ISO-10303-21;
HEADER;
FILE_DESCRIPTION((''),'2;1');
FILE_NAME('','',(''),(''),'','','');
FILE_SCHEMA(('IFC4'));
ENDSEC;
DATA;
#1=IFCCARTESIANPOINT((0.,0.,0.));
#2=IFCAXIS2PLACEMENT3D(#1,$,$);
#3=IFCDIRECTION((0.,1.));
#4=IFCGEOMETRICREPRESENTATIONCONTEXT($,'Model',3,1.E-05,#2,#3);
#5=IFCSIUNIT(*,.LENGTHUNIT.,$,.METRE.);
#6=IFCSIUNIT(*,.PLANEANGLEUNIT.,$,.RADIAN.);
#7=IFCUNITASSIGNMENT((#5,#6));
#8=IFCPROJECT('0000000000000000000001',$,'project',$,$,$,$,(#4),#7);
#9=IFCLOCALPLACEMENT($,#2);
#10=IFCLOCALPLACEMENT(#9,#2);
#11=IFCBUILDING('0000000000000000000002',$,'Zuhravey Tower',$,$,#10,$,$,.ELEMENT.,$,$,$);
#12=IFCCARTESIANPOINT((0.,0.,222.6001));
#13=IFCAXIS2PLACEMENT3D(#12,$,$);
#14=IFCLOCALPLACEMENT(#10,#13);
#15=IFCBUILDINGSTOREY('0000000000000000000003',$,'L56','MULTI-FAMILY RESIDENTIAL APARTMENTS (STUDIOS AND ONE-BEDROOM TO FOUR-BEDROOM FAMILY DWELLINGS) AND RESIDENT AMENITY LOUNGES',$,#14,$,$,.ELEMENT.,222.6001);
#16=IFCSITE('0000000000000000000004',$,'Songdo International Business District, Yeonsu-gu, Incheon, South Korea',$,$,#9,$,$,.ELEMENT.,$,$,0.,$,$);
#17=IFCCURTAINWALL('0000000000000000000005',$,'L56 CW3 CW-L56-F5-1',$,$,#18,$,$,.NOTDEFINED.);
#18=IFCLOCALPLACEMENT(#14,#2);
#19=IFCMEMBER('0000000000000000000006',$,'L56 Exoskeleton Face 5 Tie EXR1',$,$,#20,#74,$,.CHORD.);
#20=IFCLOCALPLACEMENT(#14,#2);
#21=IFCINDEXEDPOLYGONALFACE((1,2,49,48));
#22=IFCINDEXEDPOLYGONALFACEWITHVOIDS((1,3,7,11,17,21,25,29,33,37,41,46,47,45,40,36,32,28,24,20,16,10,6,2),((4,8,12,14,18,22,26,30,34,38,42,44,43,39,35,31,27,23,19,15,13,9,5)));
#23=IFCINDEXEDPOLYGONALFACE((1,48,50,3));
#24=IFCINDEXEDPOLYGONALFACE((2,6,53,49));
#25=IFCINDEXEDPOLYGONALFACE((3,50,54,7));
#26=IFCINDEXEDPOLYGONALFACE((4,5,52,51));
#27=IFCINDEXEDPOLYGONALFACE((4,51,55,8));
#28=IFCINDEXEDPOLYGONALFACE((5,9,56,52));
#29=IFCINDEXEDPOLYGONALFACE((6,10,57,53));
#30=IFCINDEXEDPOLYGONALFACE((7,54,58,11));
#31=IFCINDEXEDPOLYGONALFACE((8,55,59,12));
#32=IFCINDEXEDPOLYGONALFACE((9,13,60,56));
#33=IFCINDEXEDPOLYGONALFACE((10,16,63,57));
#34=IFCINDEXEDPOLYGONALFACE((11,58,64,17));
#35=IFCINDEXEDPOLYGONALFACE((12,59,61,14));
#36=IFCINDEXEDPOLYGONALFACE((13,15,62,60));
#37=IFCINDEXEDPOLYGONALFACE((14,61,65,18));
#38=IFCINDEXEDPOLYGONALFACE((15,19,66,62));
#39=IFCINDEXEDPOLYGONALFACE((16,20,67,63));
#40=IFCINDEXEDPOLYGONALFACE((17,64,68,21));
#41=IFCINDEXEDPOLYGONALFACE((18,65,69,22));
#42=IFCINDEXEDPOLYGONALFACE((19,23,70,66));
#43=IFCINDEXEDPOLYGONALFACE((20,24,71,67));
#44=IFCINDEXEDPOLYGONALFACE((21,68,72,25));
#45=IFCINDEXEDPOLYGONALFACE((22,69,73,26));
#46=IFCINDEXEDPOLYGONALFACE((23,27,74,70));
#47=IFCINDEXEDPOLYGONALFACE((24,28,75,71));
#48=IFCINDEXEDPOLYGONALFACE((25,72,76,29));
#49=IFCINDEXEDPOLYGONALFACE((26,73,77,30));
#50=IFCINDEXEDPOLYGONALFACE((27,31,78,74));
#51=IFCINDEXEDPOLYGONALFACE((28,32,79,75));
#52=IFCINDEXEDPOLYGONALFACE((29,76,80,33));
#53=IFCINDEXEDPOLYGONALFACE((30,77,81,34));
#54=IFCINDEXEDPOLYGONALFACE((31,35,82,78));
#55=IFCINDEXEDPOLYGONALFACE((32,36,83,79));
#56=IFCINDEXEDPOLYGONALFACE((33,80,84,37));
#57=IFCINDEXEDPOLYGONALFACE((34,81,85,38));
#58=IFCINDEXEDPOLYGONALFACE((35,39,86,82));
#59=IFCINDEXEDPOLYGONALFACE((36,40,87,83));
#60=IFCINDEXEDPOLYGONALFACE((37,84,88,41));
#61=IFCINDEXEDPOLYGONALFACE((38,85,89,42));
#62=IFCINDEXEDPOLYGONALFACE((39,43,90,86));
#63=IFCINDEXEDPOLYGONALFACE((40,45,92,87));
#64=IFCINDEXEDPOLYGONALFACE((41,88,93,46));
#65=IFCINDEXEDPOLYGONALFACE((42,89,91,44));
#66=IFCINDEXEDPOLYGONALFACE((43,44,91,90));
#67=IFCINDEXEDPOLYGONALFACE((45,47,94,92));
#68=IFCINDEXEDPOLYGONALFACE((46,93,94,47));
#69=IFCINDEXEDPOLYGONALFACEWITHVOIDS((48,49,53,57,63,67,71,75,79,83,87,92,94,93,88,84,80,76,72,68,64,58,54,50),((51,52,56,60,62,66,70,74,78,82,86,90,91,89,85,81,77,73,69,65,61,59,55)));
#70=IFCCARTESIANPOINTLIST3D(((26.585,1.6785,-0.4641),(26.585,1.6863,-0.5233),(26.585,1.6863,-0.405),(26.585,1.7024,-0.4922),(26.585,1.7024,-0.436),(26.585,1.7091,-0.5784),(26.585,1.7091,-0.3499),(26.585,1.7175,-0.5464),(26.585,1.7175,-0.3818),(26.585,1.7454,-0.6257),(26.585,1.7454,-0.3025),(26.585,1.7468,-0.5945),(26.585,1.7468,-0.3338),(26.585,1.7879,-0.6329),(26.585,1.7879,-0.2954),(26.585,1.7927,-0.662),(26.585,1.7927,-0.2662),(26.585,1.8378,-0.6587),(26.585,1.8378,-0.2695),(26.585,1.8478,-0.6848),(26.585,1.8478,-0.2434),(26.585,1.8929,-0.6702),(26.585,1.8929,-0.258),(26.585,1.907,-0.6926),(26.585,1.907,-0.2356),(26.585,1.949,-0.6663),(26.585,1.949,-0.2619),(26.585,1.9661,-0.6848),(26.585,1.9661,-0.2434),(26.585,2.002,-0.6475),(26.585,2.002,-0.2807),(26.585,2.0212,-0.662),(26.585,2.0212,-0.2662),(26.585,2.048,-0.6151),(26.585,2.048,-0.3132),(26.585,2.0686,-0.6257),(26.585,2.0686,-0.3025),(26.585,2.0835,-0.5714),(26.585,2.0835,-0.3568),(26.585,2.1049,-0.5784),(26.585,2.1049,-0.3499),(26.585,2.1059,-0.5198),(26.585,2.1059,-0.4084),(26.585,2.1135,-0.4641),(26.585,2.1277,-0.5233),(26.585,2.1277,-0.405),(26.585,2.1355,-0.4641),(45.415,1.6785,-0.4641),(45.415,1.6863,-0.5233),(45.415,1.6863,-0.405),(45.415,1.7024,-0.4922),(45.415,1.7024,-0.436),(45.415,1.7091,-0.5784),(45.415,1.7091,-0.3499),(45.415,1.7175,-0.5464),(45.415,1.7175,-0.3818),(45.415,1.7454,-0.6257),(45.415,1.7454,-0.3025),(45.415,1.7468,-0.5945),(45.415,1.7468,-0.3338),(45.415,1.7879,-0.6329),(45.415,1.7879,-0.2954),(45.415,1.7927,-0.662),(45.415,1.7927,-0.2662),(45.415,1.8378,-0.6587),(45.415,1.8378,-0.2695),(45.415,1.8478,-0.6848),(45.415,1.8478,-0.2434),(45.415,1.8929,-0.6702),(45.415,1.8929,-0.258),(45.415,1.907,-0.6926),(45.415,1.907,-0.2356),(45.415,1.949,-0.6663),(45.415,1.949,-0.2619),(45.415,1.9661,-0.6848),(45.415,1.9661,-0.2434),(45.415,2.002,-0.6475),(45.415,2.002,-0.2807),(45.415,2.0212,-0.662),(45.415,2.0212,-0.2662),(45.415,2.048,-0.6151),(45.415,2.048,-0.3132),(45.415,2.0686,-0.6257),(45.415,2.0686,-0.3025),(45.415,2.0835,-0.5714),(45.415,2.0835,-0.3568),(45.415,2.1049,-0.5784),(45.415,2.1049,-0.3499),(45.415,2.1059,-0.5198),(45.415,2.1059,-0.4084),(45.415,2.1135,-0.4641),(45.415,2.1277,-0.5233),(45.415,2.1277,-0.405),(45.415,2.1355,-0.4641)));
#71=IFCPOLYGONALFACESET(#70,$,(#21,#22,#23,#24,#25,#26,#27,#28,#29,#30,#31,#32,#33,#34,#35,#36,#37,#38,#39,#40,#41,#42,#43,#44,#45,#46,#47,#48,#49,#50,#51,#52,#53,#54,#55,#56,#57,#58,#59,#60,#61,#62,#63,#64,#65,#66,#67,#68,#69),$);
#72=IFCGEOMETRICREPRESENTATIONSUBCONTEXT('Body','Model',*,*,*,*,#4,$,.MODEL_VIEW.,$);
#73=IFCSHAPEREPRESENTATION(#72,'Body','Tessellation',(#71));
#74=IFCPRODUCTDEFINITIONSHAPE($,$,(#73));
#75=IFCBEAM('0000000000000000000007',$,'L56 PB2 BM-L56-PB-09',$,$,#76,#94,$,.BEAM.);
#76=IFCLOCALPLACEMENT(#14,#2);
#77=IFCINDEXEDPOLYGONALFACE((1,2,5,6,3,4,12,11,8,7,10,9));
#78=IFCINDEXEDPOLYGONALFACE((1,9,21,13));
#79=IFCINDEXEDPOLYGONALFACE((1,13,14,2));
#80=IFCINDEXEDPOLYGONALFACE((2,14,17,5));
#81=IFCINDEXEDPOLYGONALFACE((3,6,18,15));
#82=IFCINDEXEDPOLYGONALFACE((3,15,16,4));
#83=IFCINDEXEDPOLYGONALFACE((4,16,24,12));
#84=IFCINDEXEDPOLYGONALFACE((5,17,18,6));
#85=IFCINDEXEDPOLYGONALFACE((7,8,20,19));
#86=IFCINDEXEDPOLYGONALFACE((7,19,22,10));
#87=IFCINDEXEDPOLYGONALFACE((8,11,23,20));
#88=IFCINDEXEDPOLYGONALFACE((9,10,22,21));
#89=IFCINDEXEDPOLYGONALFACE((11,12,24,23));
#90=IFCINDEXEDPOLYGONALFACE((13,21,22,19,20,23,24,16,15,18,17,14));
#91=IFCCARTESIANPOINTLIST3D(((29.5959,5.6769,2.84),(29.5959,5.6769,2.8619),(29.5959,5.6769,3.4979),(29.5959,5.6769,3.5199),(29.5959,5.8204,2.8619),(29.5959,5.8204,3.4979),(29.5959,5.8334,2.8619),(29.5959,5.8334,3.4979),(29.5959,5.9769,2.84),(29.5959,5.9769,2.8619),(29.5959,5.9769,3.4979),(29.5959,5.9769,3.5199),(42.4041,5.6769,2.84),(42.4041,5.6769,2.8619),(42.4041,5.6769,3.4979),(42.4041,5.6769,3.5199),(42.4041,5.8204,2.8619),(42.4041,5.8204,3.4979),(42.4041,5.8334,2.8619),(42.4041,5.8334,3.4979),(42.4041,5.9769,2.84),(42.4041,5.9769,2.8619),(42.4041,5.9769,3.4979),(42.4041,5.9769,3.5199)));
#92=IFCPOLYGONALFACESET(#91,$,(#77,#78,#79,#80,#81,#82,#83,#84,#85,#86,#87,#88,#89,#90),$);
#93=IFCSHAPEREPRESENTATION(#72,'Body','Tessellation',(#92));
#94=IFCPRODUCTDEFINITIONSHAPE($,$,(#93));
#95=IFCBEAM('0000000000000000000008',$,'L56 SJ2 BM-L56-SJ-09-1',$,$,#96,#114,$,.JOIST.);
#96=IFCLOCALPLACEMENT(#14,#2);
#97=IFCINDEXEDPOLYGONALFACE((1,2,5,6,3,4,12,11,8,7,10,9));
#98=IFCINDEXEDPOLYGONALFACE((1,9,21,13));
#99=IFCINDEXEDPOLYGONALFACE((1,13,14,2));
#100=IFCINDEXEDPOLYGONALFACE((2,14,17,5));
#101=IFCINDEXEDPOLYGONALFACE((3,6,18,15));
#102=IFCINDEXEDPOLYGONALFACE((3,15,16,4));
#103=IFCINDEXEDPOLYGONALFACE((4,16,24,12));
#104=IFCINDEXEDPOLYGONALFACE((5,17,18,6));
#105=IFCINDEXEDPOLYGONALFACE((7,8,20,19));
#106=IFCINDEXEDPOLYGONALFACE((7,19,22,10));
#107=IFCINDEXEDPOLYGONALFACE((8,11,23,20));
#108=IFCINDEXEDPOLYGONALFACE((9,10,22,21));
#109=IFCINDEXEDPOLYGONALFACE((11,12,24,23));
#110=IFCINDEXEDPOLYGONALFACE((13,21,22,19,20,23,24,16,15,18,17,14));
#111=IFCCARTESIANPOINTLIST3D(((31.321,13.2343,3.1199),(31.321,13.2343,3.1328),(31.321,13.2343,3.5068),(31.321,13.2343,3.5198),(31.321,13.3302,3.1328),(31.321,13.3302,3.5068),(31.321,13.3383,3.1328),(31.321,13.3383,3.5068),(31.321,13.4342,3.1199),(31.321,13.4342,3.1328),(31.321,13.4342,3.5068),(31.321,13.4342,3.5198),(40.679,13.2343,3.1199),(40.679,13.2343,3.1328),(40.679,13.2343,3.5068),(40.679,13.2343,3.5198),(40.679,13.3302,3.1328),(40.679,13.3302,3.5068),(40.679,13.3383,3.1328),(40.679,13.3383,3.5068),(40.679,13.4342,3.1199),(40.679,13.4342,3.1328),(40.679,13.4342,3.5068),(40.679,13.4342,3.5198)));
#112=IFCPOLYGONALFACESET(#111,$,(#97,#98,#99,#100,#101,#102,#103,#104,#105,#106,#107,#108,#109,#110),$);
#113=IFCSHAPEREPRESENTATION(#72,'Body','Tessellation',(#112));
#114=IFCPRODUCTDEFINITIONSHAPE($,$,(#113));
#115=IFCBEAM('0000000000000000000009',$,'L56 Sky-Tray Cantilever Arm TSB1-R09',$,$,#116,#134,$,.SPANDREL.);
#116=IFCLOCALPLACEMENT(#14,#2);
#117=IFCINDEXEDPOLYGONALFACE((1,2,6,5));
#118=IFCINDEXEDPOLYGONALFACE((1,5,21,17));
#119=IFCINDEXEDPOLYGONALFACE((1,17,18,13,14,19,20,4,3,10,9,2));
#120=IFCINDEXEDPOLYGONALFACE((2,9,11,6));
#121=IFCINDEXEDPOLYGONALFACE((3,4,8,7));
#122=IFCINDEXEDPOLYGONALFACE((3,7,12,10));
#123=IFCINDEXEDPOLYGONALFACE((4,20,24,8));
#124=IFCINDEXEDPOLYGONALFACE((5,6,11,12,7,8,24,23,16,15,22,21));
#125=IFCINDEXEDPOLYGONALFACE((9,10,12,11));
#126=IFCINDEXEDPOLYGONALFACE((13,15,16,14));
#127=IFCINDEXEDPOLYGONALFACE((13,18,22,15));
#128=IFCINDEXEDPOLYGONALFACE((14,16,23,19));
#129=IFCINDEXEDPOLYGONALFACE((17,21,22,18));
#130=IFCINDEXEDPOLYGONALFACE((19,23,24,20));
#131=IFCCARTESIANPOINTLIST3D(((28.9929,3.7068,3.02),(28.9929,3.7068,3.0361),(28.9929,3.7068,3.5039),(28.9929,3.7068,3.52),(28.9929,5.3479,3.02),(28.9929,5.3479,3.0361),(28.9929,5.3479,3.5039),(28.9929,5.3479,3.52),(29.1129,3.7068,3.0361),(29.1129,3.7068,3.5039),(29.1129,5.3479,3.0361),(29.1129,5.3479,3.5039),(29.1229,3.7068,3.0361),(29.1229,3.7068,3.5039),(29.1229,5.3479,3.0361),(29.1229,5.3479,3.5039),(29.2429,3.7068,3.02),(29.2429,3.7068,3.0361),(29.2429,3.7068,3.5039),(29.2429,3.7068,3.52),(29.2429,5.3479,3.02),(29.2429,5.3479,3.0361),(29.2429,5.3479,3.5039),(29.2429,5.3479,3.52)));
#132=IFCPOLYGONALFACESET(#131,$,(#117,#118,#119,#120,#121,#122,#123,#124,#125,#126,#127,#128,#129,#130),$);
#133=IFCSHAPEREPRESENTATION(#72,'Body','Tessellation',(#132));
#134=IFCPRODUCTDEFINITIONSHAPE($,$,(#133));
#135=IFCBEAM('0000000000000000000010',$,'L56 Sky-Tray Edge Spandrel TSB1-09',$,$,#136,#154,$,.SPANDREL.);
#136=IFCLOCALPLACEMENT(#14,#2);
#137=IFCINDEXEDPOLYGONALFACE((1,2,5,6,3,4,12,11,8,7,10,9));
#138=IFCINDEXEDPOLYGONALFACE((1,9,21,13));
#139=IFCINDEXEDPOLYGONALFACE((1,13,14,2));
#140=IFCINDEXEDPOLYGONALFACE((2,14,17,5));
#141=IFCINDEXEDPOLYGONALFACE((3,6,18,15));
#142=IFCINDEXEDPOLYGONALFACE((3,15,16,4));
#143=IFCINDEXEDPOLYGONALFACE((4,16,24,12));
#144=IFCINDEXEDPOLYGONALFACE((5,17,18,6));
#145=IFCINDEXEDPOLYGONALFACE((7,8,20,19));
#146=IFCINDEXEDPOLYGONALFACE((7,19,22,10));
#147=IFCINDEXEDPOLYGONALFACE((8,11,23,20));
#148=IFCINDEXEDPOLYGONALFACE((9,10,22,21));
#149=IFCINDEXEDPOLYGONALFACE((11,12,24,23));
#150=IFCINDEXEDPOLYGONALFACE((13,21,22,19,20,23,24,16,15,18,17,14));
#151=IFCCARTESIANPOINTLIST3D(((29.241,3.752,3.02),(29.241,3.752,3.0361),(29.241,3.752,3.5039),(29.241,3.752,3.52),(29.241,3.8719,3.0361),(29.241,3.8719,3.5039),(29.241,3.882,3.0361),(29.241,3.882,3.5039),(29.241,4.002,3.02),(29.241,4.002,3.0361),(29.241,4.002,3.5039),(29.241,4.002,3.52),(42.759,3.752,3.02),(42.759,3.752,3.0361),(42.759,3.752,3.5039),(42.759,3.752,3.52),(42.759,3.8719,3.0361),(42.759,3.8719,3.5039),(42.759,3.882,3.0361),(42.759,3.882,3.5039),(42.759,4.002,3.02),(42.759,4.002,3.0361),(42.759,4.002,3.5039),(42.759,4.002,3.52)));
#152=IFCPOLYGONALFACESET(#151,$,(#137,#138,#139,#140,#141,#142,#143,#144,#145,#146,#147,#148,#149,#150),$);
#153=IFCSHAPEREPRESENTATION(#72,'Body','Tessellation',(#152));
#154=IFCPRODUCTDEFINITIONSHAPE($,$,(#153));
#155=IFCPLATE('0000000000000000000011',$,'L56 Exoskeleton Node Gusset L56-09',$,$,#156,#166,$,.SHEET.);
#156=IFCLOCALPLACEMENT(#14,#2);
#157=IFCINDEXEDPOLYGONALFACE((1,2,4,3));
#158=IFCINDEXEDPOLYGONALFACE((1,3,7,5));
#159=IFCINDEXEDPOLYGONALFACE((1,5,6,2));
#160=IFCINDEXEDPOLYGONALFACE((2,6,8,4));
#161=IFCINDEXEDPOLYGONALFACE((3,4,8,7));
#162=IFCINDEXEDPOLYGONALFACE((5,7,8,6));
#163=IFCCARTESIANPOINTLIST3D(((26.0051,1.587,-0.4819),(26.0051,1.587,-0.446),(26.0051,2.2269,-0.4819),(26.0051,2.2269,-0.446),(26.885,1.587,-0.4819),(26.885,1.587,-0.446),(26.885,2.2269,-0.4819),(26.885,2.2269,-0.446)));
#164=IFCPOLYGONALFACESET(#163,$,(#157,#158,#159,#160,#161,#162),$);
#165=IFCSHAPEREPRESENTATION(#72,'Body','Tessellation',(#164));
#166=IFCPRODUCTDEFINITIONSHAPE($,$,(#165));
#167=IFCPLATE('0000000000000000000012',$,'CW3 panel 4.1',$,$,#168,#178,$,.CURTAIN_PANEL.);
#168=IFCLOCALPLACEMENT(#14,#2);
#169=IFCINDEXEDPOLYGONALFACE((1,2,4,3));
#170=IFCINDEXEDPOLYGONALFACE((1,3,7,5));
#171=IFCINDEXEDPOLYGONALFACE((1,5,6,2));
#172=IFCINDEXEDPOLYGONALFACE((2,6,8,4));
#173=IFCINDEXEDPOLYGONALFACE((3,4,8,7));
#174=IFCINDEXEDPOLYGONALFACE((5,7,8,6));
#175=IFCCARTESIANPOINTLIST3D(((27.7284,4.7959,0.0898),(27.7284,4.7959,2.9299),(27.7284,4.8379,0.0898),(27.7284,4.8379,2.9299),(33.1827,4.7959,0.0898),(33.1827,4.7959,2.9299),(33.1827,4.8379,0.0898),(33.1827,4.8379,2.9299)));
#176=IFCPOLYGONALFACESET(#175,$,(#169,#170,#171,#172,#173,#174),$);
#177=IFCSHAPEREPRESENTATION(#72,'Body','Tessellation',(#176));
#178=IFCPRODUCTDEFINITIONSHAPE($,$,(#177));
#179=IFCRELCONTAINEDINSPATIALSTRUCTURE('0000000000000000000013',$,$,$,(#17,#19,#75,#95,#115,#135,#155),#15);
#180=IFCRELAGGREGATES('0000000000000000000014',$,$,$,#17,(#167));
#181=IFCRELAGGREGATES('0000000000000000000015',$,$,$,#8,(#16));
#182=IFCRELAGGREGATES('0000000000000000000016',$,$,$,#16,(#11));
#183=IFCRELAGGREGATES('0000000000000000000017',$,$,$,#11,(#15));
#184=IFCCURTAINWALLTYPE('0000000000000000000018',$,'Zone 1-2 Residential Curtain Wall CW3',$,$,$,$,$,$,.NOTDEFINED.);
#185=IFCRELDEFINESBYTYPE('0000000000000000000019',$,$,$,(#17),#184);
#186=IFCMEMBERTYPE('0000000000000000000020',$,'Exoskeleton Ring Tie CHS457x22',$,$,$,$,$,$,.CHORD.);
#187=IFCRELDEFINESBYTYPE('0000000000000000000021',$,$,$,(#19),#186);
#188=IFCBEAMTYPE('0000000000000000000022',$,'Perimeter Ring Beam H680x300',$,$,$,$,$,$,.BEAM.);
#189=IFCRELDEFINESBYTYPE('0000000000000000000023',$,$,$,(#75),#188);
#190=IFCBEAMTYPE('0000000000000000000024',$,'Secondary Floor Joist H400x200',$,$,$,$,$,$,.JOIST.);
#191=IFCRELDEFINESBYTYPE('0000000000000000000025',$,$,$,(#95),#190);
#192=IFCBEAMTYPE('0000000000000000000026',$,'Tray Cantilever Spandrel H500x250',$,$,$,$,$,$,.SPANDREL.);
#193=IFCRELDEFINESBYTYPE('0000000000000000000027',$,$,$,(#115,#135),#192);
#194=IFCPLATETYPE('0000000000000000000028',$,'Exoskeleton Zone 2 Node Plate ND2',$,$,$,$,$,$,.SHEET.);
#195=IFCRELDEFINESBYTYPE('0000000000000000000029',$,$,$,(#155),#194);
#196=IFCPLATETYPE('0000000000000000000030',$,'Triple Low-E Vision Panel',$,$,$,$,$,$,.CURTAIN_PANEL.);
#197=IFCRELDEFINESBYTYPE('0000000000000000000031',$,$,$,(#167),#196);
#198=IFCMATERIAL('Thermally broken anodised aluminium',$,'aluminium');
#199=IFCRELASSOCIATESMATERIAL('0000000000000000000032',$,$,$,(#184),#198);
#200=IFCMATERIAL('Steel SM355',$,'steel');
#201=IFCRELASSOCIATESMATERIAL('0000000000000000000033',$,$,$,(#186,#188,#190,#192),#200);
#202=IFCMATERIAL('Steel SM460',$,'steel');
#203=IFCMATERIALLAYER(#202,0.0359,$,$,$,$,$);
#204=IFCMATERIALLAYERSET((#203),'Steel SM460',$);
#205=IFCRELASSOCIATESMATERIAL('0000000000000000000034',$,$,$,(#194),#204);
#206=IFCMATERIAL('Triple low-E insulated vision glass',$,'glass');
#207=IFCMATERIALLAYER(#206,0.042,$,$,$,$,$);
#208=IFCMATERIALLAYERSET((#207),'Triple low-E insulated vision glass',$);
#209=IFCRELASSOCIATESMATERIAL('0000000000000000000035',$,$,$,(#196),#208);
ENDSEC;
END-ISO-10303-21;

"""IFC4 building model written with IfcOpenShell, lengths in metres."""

from ifc_helpers import new_model, si_unit, direction, frame, origin, origin_2d, place, context, subcontext, project, spatial, rectangle, hollow_circle, i_section, extrude, material, layer, layer_set, material_profile, profile_set, type_object, element, aggregate, save


model = new_model("IFC4")

# Units and contexts
model_context = context("Model", 3, precision=1e-05, world=origin(), true_north=direction((0.0, 1.0)))
body_context = subcontext(model_context, "Body", "Model", "MODEL_VIEW")
ifc_project = project(units=[si_unit("LENGTHUNIT", "METRE"), si_unit("PLANEANGLEUNIT", "RADIAN")], contexts=[model_context])

# Site, building, storey
site_placement = place(None, origin())
site = spatial("IfcSite", under=ifc_project, at=site_placement, Name="Songdo International Business District, Yeonsu-gu, Incheon, South Korea", CompositionType="ELEMENT", RefElevation=0.0)
building_placement = place(site_placement, origin())
building = spatial("IfcBuilding", under=site, at=building_placement, Name="Zuhravey Tower", CompositionType="ELEMENT")
storey_placement = place(building_placement, frame((0.0, 0.0, 222.6001)))
storey = spatial("IfcBuildingStorey", under=building, at=storey_placement, Name="L56", Description="MULTI-FAMILY RESIDENTIAL APARTMENTS (STUDIOS AND ONE-BEDROOM TO FOUR-BEDROOM FAMILY DWELLINGS) AND RESIDENT AMENITY LOUNGES", CompositionType="ELEMENT", Elevation=222.6001)

# Curtain wall
ifc_material_1 = material(Name="Thermally broken anodised aluminium", Category="aluminium")
curtain_wall_type = type_object("IfcCurtainWallType", Name="Zone 1-2 Residential Curtain Wall CW3", PredefinedType="NOTDEFINED", material=ifc_material_1)
curtain_wall_placement = place(storey_placement, origin())
curtain_wall = element("IfcCurtainWall", 1, at=curtain_wall_placement, inside=storey, type_object=curtain_wall_type, Name="L56 CW3 CW-L56-F5-1", PredefinedType="NOTDEFINED")

# Shared definitions
ifc_material_2 = material(Name="Steel SM460", Category="steel")

# Member
ifc_material_3 = material(Name="Steel SM355", Category="steel")
ifc_material_profile_1 = material_profile(ifc_material_3, hollow_circle(Radius=0.2285, WallThickness=0.022, at=origin_2d()), Name="CHS-457.2x22")
ifc_profile_set_1 = profile_set([ifc_material_profile_1], Name="Steel SM355")
member_type_1 = type_object("IfcMemberType", Name="Exoskeleton Ring Tie CHS457x22", PredefinedType="CHORD", material=ifc_profile_set_1)
member_1_placement = place(storey_placement, frame((26.585, 1.907, -0.4641), z_axis=(1.0, 0.0, 0.0), x_axis=(0.0, 1.0, 0.0)))
element("IfcMember", 2, at=member_1_placement, inside=storey, type_object=member_type_1, Name="L56 Exoskeleton Face 5 Tie EXR1", PredefinedType="CHORD", context=body_context, shape_type="SweptSolid", body=[
    extrude(hollow_circle(Radius=0.2285, WallThickness=0.022, at=origin_2d()), origin(), (0.0, 0.0, 1.0), 18.8301),
])

# Beams
ifc_material_profile_2 = material_profile(ifc_material_3, i_section(OverallWidth=0.3, OverallDepth=0.6799, WebThickness=0.0129, FlangeThickness=0.022, at=origin_2d()), Name="H-680x300x13x22")
ifc_profile_set_2 = profile_set([ifc_material_profile_2], Name="Steel SM355")
beam_type_1 = type_object("IfcBeamType", Name="Perimeter Ring Beam H680x300", PredefinedType="BEAM", material=ifc_profile_set_2)
beam_1_placement = place(storey_placement, frame((29.5959, 5.8269, 3.1799), z_axis=(1.0, 0.0, 0.0), x_axis=(0.0, 1.0, 0.0)))
element("IfcBeam", 3, at=beam_1_placement, inside=storey, type_object=beam_type_1, Name="L56 PB2 BM-L56-PB-09", PredefinedType="BEAM", context=body_context, shape_type="SweptSolid", body=[
    extrude(i_section(OverallWidth=0.3, OverallDepth=0.6799, WebThickness=0.0129, FlangeThickness=0.022, at=origin_2d()), origin(), (0.0, 0.0, 1.0), 12.8081),
])
ifc_material_profile_3 = material_profile(ifc_material_3, i_section(OverallWidth=0.2, OverallDepth=0.3999, WebThickness=0.0081, FlangeThickness=0.0129, at=origin_2d()), Name="H-400x200x8x13")
ifc_profile_set_3 = profile_set([ifc_material_profile_3], Name="Steel SM355")
beam_type_2 = type_object("IfcBeamType", Name="Secondary Floor Joist H400x200", PredefinedType="JOIST", material=ifc_profile_set_3)
beam_2_placement = place(storey_placement, frame((31.321, 13.3342, 3.3198), z_axis=(1.0, 0.0, 0.0), x_axis=(0.0, 1.0, 0.0)))
element("IfcBeam", 4, at=beam_2_placement, inside=storey, type_object=beam_type_2, Name="L56 SJ2 BM-L56-SJ-09-1", PredefinedType="JOIST", context=body_context, shape_type="SweptSolid", body=[
    extrude(i_section(OverallWidth=0.2, OverallDepth=0.3999, WebThickness=0.0081, FlangeThickness=0.0129, at=origin_2d()), origin(), (0.0, 0.0, 1.0), 9.3579),
])
ifc_material_profile_4 = material_profile(ifc_material_3, i_section(OverallWidth=0.25, OverallDepth=0.5, WebThickness=0.01, FlangeThickness=0.0161, at=origin_2d()), Name="H-500x250x10x16")
ifc_profile_set_4 = profile_set([ifc_material_profile_4], Name="Steel SM355")
beam_type_3 = type_object("IfcBeamType", Name="Tray Cantilever Spandrel H500x250", PredefinedType="SPANDREL", material=ifc_profile_set_4)
beam_3_placement = place(storey_placement, frame((29.1179, 5.3479, 3.27), z_axis=(0.0, -1.0, 0.0), x_axis=(1.0, 0.0, 0.0)))
element("IfcBeam", 5, at=beam_3_placement, inside=storey, type_object=beam_type_3, Name="L56 Sky-Tray Cantilever Arm TSB1-R09", PredefinedType="SPANDREL", context=body_context, shape_type="SweptSolid", body=[
    extrude(i_section(OverallWidth=0.25, OverallDepth=0.5, WebThickness=0.01, FlangeThickness=0.0161, at=origin_2d()), origin(), (0.0, 0.0, 1.0), 1.6411),
])
beam_4_placement = place(storey_placement, frame((29.241, 3.877, 3.27), z_axis=(1.0, 0.0, 0.0), x_axis=(0.0, 1.0, 0.0)))
element("IfcBeam", 6, at=beam_4_placement, inside=storey, type_object=beam_type_3, Name="L56 Sky-Tray Edge Spandrel TSB1-09", PredefinedType="SPANDREL", context=body_context, shape_type="SweptSolid", body=[
    extrude(i_section(OverallWidth=0.25, OverallDepth=0.5, WebThickness=0.01, FlangeThickness=0.0161, at=origin_2d()), origin(), (0.0, 0.0, 1.0), 13.5181),
])

# Plates
ifc_layer_1 = layer(ifc_material_2, 0.0359)
ifc_layer_set_1 = layer_set([ifc_layer_1], Name="Steel SM460")
plate_type_1 = type_object("IfcPlateType", Name="Exoskeleton Zone 2 Node Plate ND2", PredefinedType="SHEET", material=ifc_layer_set_1)
plate_1_placement = place(storey_placement, frame((26.4451, 1.907, -0.4819), z_axis=(0.0, 0.0, 1.0), x_axis=(1.0, 0.0, 0.0)))
element("IfcPlate", 7, at=plate_1_placement, inside=storey, type_object=plate_type_1, Name="L56 Exoskeleton Node Gusset L56-09", PredefinedType="SHEET", context=body_context, shape_type="SweptSolid", body=[
    extrude(rectangle(XDim=0.8799, YDim=0.6399, at=origin_2d()), origin(), (0.0, 0.0, 1.0), 0.0359),
])
ifc_material_4 = material(Name="Triple low-E insulated vision glass", Category="glass")
ifc_layer_2 = layer(ifc_material_4, 0.042)
ifc_layer_set_2 = layer_set([ifc_layer_2], Name="Triple low-E insulated vision glass")
plate_type_2 = type_object("IfcPlateType", Name="Triple Low-E Vision Panel", PredefinedType="CURTAIN_PANEL", material=ifc_layer_set_2)
plate_2_placement = place(storey_placement, frame((30.4556, 4.8169, 0.0898), z_axis=(0.0, 0.0, 1.0), x_axis=(-1.0, 0.0, 0.0)))
plate_2 = element("IfcPlate", 8, at=plate_2_placement, type_object=plate_type_2, Name="CW3 panel 4.1", PredefinedType="CURTAIN_PANEL", context=body_context, shape_type="SweptSolid", body=[
    extrude(rectangle(XDim=5.4543, YDim=0.042, at=origin_2d()), origin(), (0.0, 0.0, 1.0), 2.8401),
])
aggregate(curtain_wall, [plate_2])

save(model, "model.ifc")
